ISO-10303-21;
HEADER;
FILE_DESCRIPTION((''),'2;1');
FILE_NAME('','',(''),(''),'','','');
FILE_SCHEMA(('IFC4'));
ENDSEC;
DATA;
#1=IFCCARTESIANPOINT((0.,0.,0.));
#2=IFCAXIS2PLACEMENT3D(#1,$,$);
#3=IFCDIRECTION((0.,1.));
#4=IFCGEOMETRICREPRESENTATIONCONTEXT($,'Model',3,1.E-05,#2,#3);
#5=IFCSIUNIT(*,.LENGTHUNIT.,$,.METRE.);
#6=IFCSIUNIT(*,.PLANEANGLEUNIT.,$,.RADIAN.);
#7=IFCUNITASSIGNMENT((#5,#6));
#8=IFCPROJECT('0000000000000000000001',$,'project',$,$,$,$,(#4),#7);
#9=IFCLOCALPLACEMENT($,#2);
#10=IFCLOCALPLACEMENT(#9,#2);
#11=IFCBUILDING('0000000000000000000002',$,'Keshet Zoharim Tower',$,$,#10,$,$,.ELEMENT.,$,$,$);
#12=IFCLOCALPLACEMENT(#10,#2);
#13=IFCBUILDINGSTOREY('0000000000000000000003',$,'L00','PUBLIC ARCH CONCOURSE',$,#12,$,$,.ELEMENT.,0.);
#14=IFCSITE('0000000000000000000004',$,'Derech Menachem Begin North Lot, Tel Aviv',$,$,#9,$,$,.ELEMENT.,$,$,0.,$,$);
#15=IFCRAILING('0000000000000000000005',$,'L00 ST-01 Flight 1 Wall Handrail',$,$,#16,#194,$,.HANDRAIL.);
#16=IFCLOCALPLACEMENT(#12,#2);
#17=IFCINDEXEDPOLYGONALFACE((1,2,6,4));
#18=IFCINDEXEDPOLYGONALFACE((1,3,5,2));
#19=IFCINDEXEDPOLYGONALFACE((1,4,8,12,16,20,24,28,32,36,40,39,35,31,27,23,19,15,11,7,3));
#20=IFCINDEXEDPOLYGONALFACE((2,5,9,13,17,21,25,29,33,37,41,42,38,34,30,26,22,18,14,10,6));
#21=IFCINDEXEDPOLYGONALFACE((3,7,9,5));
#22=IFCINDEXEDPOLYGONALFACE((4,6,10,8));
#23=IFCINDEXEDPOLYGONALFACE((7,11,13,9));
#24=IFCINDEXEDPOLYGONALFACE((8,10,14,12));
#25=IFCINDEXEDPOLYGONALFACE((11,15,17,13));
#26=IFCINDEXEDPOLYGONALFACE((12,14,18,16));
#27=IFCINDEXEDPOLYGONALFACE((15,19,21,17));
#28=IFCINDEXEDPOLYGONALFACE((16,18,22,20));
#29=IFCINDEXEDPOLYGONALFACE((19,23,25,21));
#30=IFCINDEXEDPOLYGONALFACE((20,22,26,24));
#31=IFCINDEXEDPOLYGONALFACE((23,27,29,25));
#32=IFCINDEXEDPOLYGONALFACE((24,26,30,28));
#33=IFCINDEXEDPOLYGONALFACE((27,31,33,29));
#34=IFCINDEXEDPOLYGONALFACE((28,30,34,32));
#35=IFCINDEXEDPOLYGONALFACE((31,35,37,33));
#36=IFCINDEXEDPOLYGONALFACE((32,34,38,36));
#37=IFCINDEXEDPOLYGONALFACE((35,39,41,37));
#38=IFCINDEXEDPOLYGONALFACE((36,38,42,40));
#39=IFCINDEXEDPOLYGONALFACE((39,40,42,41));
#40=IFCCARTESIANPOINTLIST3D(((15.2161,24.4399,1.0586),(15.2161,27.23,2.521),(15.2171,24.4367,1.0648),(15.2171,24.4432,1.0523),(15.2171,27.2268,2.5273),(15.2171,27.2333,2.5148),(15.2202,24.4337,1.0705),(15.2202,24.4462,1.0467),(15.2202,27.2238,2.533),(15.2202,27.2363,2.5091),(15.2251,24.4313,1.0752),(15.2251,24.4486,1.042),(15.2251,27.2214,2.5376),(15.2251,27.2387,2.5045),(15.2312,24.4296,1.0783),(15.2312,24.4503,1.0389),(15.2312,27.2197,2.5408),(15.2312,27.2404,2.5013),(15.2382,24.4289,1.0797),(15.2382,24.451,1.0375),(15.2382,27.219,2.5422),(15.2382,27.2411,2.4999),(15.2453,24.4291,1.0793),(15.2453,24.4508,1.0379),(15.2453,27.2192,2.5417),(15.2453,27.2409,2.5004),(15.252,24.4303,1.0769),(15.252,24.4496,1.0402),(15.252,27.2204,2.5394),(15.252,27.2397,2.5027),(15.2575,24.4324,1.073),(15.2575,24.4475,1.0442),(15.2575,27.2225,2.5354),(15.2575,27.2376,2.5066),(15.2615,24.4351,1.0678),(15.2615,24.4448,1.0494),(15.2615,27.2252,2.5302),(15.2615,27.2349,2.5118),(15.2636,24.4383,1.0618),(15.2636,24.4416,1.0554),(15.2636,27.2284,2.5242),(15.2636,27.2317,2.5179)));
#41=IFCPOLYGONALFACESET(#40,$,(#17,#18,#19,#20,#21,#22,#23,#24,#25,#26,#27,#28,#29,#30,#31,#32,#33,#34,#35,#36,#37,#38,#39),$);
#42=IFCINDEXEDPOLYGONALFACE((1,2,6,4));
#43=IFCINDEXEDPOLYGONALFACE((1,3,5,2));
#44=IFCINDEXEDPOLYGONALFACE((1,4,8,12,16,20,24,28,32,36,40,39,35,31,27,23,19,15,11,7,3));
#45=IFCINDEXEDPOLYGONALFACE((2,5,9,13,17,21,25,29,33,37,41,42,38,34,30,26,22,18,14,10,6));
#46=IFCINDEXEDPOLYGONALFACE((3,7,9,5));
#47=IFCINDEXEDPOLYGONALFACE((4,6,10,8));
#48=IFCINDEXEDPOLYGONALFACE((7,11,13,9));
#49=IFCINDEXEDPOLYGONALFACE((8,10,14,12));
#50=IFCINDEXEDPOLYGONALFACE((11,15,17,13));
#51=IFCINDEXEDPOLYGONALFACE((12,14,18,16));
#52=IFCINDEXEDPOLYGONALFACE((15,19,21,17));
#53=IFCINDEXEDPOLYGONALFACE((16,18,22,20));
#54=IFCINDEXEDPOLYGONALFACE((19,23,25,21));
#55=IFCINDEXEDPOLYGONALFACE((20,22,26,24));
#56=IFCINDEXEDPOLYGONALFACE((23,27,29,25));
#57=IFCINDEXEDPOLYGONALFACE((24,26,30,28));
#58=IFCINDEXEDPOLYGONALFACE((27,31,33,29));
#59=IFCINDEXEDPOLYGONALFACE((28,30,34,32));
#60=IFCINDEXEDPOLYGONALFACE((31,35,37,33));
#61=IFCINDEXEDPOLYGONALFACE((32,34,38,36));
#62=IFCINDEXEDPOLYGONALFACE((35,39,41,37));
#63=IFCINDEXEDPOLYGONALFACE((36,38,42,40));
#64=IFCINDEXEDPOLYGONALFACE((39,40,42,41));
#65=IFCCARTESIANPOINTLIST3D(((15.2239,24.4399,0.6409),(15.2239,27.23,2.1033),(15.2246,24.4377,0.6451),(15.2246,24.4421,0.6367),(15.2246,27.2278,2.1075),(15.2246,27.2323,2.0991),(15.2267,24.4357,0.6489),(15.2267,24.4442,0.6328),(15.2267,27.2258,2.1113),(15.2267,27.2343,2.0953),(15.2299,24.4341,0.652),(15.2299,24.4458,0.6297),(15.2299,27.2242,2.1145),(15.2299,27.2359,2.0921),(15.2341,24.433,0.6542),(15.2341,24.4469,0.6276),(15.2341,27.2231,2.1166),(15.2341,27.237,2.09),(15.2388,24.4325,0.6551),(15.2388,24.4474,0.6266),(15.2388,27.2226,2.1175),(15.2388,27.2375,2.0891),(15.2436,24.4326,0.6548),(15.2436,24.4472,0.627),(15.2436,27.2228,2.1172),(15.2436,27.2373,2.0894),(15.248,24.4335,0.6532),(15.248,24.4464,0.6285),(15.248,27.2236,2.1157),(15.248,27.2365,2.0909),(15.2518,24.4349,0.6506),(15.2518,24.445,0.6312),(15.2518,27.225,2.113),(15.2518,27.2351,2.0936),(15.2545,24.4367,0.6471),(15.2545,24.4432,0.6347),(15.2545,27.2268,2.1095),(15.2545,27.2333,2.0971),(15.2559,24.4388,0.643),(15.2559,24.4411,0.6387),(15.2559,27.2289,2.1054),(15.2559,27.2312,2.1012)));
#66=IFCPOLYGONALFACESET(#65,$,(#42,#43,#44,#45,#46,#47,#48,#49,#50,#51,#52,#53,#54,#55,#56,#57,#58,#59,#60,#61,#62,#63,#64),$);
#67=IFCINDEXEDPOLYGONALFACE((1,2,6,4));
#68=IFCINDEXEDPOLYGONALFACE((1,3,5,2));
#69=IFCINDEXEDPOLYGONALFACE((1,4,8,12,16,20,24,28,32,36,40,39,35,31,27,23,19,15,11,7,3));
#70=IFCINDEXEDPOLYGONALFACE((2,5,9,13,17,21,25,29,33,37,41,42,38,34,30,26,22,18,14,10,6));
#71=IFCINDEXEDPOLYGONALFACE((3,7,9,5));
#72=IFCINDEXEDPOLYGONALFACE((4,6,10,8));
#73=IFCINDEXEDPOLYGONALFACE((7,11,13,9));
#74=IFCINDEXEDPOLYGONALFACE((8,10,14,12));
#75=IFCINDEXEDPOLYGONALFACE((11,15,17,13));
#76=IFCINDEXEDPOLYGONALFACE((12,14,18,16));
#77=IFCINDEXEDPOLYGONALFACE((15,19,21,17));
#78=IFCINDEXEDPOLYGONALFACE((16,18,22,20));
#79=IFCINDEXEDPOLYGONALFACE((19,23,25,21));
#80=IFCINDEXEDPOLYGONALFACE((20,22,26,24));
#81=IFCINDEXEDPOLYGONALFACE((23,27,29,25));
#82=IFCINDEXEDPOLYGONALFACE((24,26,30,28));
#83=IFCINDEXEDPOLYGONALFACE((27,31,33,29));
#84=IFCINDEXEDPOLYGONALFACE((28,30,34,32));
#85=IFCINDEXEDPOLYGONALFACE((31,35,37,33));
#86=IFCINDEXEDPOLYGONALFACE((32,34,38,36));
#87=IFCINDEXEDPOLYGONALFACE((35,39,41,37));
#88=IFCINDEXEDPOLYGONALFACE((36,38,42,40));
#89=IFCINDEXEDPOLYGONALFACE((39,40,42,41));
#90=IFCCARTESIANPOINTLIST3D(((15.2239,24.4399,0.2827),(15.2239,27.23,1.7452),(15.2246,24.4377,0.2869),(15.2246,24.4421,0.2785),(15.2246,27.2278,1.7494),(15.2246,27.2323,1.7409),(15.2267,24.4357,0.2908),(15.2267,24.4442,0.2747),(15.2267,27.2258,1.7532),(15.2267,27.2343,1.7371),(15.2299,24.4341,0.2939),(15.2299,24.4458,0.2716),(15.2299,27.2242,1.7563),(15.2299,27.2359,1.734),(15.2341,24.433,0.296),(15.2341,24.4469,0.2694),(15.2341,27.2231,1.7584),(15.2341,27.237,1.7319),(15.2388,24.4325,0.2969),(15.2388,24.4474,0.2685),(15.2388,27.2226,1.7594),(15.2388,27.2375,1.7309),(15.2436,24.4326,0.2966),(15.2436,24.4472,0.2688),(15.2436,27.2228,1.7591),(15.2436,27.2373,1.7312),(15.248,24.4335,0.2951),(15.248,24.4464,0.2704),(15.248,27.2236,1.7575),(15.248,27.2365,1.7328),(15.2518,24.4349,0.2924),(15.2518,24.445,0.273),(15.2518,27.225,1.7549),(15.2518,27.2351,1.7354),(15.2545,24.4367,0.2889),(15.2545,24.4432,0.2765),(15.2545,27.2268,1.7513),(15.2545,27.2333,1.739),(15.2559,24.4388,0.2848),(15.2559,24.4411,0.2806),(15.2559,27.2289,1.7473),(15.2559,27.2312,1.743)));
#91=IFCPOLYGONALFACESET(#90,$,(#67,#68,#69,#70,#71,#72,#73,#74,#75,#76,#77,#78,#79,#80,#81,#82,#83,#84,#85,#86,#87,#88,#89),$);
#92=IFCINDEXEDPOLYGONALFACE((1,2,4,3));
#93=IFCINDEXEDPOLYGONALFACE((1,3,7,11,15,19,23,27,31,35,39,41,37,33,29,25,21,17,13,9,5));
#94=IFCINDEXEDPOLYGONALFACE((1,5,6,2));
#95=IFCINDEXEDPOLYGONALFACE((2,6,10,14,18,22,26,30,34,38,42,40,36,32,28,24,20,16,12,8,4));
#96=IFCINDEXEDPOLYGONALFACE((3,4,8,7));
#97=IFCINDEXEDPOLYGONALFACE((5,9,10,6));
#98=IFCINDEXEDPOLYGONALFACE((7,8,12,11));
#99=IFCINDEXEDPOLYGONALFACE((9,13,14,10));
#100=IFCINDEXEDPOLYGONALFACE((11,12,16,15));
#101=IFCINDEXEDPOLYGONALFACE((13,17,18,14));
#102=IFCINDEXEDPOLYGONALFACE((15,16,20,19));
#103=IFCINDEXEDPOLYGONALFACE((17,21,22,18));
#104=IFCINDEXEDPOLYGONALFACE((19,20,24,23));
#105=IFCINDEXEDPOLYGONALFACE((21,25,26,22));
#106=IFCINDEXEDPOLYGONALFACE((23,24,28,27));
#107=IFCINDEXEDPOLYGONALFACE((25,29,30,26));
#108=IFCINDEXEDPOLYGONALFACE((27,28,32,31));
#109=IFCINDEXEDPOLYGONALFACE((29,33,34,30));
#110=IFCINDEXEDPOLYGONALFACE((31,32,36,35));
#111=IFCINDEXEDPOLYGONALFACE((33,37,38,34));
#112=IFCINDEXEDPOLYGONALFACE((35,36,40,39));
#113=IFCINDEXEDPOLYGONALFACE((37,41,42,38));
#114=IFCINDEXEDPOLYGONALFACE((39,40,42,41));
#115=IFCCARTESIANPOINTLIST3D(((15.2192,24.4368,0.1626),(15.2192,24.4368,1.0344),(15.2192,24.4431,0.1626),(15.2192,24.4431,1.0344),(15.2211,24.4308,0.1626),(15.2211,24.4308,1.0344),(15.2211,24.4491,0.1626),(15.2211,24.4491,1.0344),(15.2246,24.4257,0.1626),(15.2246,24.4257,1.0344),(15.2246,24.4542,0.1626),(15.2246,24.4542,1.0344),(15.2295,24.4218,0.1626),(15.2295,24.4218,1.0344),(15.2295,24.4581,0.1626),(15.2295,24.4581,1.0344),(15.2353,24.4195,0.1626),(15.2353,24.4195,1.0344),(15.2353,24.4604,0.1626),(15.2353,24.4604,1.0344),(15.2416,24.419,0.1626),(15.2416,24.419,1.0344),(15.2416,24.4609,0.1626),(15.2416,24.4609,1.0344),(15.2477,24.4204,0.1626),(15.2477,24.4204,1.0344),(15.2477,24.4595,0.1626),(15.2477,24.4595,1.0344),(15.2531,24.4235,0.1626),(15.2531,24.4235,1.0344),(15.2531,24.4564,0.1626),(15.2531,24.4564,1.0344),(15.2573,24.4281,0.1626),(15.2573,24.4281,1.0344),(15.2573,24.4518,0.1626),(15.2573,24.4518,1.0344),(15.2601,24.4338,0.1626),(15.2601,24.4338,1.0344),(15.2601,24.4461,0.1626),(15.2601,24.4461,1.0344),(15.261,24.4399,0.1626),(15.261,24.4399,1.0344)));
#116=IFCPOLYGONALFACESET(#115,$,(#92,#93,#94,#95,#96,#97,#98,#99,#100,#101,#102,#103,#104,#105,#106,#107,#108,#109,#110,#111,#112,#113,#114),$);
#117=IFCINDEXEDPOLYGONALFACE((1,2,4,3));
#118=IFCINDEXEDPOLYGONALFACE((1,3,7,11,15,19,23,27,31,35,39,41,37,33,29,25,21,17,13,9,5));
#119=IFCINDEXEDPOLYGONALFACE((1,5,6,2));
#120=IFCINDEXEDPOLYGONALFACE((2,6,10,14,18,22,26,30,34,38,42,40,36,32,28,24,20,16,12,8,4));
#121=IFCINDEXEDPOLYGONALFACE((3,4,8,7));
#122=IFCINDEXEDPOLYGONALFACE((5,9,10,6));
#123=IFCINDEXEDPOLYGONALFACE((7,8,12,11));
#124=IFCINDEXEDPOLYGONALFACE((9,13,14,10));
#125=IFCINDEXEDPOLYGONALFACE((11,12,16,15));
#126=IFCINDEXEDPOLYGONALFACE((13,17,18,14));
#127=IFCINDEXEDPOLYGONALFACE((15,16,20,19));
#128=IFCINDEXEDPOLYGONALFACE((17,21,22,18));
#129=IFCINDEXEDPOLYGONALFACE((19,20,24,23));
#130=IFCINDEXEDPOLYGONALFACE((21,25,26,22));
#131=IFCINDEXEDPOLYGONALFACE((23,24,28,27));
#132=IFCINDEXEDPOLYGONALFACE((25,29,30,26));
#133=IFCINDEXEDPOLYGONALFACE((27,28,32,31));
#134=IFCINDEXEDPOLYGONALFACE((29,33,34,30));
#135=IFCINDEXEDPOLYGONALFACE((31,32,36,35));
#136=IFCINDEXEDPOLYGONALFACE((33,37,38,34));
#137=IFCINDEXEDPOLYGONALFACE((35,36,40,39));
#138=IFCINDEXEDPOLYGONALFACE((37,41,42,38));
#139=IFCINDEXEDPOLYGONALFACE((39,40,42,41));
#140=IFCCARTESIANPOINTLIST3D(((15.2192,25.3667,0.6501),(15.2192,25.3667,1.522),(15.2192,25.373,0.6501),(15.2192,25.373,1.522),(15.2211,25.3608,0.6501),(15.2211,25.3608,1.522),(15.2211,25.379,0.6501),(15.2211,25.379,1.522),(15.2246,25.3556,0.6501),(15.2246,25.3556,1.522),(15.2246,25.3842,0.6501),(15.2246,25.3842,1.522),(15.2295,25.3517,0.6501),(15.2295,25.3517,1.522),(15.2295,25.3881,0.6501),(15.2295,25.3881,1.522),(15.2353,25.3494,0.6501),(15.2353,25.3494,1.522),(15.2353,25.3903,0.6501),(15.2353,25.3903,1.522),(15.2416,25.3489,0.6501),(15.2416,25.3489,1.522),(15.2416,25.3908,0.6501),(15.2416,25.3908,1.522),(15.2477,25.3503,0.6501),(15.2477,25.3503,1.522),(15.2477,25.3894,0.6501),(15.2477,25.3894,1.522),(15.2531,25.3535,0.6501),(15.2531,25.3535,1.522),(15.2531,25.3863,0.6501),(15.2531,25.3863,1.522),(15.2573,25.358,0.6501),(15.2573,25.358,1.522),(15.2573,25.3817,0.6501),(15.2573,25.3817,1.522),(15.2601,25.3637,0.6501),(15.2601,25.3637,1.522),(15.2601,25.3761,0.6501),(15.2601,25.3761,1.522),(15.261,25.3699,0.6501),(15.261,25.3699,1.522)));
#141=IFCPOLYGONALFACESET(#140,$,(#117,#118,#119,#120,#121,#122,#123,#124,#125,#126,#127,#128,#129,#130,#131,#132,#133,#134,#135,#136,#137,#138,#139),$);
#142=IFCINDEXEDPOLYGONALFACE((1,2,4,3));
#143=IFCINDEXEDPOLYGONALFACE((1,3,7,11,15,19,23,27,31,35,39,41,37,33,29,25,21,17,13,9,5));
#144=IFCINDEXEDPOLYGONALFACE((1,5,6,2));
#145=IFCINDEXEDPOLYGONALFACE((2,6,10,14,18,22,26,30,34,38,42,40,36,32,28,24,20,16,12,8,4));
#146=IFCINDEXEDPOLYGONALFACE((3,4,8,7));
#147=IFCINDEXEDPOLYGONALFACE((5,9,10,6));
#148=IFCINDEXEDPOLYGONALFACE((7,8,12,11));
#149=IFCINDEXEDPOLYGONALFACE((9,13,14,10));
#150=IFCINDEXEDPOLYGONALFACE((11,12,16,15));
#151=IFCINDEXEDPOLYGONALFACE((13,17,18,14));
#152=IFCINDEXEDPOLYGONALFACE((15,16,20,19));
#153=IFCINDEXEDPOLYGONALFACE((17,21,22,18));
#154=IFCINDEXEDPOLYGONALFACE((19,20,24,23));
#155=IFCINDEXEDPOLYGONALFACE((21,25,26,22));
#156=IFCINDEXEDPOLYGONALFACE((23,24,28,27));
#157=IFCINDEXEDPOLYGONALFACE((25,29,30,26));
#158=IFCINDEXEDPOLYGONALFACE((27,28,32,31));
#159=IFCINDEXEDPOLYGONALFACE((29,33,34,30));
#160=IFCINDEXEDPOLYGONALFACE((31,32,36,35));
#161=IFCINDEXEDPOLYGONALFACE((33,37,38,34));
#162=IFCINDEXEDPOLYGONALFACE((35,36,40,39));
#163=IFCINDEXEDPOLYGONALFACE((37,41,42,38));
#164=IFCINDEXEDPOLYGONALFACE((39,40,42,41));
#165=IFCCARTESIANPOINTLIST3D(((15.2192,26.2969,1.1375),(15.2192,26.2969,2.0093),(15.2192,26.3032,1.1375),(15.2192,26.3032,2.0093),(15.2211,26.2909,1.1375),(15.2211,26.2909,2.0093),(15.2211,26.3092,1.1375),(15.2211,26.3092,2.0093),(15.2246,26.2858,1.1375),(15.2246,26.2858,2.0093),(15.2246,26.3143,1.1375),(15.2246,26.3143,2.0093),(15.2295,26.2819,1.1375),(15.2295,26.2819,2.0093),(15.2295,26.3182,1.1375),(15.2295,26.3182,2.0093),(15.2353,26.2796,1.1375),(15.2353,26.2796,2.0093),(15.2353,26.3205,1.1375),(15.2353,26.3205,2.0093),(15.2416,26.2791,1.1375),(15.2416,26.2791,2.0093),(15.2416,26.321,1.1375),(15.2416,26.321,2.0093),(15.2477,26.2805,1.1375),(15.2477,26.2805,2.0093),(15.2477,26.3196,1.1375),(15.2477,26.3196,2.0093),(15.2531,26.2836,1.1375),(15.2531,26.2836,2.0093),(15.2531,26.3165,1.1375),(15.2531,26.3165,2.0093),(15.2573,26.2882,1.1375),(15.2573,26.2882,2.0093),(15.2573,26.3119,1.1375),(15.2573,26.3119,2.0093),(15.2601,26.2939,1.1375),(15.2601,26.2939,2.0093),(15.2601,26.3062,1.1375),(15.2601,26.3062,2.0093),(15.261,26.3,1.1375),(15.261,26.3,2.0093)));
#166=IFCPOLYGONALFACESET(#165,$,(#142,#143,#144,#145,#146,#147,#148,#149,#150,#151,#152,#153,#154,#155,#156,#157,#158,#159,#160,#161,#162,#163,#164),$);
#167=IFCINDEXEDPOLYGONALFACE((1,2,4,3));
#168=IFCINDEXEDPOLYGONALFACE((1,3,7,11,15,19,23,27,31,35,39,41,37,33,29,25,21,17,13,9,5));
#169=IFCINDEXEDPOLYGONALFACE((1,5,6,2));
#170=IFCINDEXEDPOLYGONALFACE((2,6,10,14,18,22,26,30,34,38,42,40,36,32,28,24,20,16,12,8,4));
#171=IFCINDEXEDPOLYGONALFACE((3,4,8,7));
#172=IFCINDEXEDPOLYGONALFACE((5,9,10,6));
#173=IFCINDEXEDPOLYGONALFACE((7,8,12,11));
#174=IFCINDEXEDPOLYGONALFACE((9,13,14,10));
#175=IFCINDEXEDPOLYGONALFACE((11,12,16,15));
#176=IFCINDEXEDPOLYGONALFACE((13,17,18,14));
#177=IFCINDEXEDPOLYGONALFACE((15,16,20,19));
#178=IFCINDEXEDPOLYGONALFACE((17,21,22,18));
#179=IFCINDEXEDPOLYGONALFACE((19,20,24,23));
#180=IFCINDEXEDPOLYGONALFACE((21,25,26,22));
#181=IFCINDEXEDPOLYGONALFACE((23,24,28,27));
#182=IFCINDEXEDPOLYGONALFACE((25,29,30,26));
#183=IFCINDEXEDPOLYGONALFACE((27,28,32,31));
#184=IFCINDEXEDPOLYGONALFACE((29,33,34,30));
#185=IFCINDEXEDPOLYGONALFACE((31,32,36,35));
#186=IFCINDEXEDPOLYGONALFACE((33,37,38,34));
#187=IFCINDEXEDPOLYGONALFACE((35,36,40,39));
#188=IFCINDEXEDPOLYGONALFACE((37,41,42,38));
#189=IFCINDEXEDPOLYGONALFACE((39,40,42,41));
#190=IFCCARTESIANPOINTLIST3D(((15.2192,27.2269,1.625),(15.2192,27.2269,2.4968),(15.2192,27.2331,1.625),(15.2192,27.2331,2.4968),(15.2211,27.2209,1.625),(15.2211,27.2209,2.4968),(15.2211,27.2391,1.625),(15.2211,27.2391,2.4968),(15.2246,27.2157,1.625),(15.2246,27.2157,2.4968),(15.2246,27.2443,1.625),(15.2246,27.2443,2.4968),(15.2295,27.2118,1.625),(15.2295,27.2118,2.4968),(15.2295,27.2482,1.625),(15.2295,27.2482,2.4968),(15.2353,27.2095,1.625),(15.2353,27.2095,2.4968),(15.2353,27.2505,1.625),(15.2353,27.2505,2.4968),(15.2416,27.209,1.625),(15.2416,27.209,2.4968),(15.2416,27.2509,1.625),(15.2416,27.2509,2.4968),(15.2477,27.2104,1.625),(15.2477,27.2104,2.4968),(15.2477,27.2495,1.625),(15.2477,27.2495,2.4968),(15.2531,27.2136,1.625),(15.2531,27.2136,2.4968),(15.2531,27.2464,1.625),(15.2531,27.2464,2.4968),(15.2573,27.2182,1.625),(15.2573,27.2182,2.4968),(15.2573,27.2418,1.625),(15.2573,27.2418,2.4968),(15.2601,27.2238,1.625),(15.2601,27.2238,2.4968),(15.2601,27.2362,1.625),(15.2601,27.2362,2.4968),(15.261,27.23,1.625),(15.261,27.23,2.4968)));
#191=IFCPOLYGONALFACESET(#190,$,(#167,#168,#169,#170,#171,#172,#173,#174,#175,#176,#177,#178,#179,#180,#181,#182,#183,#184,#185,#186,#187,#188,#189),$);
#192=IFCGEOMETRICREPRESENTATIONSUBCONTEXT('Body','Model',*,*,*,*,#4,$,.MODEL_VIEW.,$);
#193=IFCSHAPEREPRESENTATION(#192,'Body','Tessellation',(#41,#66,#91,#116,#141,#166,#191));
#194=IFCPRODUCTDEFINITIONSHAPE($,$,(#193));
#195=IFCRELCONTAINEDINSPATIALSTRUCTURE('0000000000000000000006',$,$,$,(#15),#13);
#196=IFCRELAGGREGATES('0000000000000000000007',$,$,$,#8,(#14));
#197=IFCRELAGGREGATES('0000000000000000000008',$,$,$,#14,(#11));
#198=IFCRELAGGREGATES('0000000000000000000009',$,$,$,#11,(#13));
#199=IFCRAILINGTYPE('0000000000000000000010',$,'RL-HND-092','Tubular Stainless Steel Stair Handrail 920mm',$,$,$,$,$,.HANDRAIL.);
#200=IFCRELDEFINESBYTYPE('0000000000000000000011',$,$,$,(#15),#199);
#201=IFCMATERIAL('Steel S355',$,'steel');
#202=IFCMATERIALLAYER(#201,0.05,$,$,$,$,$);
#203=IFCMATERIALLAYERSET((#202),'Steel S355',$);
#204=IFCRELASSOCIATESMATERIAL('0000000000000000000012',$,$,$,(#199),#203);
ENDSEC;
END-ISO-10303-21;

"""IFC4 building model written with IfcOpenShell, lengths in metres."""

from ifc_helpers import new_model, si_unit, direction, frame, origin, origin_2d, place, context, subcontext, project, spatial, circle, extrude, material, layer, layer_set, type_object, element, save


model = new_model("IFC4")

# Units and contexts
model_context = context("Model", 3, precision=1e-05, world=origin(), true_north=direction((0.0, 1.0)))
body_context = subcontext(model_context, "Body", "Model", "MODEL_VIEW")
ifc_project = project(units=[si_unit("LENGTHUNIT", "METRE"), si_unit("PLANEANGLEUNIT", "RADIAN")], contexts=[model_context])

# Site, building, storey
site_placement = place(None, origin())
site = spatial("IfcSite", under=ifc_project, at=site_placement, Name="Derech Menachem Begin North Lot, Tel Aviv", CompositionType="ELEMENT", RefElevation=0.0)
building_placement = place(site_placement, origin())
building = spatial("IfcBuilding", under=site, at=building_placement, Name="Keshet Zoharim Tower", CompositionType="ELEMENT")
storey_placement = place(building_placement, origin())
storey = spatial("IfcBuildingStorey", under=building, at=storey_placement, Name="L00", Description="PUBLIC ARCH CONCOURSE", CompositionType="ELEMENT", Elevation=0.0)

# Shared definitions
ifc_material_1 = material(Name="Steel S355", Category="steel")

# Railing
ifc_layer_1 = layer(ifc_material_1, 0.05)
ifc_layer_set_1 = layer_set([ifc_layer_1], Name="Steel S355")
railing_type_1 = type_object("IfcRailingType", Name="RL-HND-092", Description="Tubular Stainless Steel Stair Handrail 920mm", PredefinedType="HANDRAIL", material=ifc_layer_set_1)
for number, where, name in (
    (1, (15.24, 24.4399, 0.1626), "L00 ST-01 Flight 1 Wall Handrail"),
):
    element("IfcRailing", number, at=place(storey_placement, frame(where)), inside=storey, type_object=railing_type_1, Name=name, PredefinedType="HANDRAIL", context=body_context, shape_type="SweptSolid", body=[
        extrude(circle(Radius=0.0239, at=origin_2d()), frame((0.0, 0.0, 0.896), z_axis=(0.0, 0.885707, 0.464244), x_axis=(-1.0, 0.0, 0.0)), (0.0, 0.0, 1.0), 3.1501),
        extrude(circle(Radius=0.0161, at=origin_2d()), frame((0.0, 0.0, 0.4783), z_axis=(0.0, 0.885707, 0.464244), x_axis=(-1.0, 0.0, 0.0)), (0.0, 0.0, 1.0), 3.1501),
        extrude(circle(Radius=0.0161, at=origin_2d()), frame((0.0, 0.0, 0.1201), z_axis=(0.0, 0.885707, 0.464244), x_axis=(-1.0, 0.0, 0.0)), (0.0, 0.0, 1.0), 3.1501),
        extrude(circle(Radius=0.021, at=origin_2d()), origin(), (0.0, 0.0, 1.0), 0.8718),
        extrude(circle(Radius=0.021, at=origin_2d()), frame((0.0, 0.9299, 0.4875)), (0.0, 0.0, 1.0), 0.8718),
        extrude(circle(Radius=0.021, at=origin_2d()), frame((0.0, 1.8601, 0.9749)), (0.0, 0.0, 1.0), 0.8718),
        extrude(circle(Radius=0.021, at=origin_2d()), frame((0.0, 2.79, 1.4624)), (0.0, 0.0, 1.0), 0.8718),
    ])

save(model, "model.ifc")
